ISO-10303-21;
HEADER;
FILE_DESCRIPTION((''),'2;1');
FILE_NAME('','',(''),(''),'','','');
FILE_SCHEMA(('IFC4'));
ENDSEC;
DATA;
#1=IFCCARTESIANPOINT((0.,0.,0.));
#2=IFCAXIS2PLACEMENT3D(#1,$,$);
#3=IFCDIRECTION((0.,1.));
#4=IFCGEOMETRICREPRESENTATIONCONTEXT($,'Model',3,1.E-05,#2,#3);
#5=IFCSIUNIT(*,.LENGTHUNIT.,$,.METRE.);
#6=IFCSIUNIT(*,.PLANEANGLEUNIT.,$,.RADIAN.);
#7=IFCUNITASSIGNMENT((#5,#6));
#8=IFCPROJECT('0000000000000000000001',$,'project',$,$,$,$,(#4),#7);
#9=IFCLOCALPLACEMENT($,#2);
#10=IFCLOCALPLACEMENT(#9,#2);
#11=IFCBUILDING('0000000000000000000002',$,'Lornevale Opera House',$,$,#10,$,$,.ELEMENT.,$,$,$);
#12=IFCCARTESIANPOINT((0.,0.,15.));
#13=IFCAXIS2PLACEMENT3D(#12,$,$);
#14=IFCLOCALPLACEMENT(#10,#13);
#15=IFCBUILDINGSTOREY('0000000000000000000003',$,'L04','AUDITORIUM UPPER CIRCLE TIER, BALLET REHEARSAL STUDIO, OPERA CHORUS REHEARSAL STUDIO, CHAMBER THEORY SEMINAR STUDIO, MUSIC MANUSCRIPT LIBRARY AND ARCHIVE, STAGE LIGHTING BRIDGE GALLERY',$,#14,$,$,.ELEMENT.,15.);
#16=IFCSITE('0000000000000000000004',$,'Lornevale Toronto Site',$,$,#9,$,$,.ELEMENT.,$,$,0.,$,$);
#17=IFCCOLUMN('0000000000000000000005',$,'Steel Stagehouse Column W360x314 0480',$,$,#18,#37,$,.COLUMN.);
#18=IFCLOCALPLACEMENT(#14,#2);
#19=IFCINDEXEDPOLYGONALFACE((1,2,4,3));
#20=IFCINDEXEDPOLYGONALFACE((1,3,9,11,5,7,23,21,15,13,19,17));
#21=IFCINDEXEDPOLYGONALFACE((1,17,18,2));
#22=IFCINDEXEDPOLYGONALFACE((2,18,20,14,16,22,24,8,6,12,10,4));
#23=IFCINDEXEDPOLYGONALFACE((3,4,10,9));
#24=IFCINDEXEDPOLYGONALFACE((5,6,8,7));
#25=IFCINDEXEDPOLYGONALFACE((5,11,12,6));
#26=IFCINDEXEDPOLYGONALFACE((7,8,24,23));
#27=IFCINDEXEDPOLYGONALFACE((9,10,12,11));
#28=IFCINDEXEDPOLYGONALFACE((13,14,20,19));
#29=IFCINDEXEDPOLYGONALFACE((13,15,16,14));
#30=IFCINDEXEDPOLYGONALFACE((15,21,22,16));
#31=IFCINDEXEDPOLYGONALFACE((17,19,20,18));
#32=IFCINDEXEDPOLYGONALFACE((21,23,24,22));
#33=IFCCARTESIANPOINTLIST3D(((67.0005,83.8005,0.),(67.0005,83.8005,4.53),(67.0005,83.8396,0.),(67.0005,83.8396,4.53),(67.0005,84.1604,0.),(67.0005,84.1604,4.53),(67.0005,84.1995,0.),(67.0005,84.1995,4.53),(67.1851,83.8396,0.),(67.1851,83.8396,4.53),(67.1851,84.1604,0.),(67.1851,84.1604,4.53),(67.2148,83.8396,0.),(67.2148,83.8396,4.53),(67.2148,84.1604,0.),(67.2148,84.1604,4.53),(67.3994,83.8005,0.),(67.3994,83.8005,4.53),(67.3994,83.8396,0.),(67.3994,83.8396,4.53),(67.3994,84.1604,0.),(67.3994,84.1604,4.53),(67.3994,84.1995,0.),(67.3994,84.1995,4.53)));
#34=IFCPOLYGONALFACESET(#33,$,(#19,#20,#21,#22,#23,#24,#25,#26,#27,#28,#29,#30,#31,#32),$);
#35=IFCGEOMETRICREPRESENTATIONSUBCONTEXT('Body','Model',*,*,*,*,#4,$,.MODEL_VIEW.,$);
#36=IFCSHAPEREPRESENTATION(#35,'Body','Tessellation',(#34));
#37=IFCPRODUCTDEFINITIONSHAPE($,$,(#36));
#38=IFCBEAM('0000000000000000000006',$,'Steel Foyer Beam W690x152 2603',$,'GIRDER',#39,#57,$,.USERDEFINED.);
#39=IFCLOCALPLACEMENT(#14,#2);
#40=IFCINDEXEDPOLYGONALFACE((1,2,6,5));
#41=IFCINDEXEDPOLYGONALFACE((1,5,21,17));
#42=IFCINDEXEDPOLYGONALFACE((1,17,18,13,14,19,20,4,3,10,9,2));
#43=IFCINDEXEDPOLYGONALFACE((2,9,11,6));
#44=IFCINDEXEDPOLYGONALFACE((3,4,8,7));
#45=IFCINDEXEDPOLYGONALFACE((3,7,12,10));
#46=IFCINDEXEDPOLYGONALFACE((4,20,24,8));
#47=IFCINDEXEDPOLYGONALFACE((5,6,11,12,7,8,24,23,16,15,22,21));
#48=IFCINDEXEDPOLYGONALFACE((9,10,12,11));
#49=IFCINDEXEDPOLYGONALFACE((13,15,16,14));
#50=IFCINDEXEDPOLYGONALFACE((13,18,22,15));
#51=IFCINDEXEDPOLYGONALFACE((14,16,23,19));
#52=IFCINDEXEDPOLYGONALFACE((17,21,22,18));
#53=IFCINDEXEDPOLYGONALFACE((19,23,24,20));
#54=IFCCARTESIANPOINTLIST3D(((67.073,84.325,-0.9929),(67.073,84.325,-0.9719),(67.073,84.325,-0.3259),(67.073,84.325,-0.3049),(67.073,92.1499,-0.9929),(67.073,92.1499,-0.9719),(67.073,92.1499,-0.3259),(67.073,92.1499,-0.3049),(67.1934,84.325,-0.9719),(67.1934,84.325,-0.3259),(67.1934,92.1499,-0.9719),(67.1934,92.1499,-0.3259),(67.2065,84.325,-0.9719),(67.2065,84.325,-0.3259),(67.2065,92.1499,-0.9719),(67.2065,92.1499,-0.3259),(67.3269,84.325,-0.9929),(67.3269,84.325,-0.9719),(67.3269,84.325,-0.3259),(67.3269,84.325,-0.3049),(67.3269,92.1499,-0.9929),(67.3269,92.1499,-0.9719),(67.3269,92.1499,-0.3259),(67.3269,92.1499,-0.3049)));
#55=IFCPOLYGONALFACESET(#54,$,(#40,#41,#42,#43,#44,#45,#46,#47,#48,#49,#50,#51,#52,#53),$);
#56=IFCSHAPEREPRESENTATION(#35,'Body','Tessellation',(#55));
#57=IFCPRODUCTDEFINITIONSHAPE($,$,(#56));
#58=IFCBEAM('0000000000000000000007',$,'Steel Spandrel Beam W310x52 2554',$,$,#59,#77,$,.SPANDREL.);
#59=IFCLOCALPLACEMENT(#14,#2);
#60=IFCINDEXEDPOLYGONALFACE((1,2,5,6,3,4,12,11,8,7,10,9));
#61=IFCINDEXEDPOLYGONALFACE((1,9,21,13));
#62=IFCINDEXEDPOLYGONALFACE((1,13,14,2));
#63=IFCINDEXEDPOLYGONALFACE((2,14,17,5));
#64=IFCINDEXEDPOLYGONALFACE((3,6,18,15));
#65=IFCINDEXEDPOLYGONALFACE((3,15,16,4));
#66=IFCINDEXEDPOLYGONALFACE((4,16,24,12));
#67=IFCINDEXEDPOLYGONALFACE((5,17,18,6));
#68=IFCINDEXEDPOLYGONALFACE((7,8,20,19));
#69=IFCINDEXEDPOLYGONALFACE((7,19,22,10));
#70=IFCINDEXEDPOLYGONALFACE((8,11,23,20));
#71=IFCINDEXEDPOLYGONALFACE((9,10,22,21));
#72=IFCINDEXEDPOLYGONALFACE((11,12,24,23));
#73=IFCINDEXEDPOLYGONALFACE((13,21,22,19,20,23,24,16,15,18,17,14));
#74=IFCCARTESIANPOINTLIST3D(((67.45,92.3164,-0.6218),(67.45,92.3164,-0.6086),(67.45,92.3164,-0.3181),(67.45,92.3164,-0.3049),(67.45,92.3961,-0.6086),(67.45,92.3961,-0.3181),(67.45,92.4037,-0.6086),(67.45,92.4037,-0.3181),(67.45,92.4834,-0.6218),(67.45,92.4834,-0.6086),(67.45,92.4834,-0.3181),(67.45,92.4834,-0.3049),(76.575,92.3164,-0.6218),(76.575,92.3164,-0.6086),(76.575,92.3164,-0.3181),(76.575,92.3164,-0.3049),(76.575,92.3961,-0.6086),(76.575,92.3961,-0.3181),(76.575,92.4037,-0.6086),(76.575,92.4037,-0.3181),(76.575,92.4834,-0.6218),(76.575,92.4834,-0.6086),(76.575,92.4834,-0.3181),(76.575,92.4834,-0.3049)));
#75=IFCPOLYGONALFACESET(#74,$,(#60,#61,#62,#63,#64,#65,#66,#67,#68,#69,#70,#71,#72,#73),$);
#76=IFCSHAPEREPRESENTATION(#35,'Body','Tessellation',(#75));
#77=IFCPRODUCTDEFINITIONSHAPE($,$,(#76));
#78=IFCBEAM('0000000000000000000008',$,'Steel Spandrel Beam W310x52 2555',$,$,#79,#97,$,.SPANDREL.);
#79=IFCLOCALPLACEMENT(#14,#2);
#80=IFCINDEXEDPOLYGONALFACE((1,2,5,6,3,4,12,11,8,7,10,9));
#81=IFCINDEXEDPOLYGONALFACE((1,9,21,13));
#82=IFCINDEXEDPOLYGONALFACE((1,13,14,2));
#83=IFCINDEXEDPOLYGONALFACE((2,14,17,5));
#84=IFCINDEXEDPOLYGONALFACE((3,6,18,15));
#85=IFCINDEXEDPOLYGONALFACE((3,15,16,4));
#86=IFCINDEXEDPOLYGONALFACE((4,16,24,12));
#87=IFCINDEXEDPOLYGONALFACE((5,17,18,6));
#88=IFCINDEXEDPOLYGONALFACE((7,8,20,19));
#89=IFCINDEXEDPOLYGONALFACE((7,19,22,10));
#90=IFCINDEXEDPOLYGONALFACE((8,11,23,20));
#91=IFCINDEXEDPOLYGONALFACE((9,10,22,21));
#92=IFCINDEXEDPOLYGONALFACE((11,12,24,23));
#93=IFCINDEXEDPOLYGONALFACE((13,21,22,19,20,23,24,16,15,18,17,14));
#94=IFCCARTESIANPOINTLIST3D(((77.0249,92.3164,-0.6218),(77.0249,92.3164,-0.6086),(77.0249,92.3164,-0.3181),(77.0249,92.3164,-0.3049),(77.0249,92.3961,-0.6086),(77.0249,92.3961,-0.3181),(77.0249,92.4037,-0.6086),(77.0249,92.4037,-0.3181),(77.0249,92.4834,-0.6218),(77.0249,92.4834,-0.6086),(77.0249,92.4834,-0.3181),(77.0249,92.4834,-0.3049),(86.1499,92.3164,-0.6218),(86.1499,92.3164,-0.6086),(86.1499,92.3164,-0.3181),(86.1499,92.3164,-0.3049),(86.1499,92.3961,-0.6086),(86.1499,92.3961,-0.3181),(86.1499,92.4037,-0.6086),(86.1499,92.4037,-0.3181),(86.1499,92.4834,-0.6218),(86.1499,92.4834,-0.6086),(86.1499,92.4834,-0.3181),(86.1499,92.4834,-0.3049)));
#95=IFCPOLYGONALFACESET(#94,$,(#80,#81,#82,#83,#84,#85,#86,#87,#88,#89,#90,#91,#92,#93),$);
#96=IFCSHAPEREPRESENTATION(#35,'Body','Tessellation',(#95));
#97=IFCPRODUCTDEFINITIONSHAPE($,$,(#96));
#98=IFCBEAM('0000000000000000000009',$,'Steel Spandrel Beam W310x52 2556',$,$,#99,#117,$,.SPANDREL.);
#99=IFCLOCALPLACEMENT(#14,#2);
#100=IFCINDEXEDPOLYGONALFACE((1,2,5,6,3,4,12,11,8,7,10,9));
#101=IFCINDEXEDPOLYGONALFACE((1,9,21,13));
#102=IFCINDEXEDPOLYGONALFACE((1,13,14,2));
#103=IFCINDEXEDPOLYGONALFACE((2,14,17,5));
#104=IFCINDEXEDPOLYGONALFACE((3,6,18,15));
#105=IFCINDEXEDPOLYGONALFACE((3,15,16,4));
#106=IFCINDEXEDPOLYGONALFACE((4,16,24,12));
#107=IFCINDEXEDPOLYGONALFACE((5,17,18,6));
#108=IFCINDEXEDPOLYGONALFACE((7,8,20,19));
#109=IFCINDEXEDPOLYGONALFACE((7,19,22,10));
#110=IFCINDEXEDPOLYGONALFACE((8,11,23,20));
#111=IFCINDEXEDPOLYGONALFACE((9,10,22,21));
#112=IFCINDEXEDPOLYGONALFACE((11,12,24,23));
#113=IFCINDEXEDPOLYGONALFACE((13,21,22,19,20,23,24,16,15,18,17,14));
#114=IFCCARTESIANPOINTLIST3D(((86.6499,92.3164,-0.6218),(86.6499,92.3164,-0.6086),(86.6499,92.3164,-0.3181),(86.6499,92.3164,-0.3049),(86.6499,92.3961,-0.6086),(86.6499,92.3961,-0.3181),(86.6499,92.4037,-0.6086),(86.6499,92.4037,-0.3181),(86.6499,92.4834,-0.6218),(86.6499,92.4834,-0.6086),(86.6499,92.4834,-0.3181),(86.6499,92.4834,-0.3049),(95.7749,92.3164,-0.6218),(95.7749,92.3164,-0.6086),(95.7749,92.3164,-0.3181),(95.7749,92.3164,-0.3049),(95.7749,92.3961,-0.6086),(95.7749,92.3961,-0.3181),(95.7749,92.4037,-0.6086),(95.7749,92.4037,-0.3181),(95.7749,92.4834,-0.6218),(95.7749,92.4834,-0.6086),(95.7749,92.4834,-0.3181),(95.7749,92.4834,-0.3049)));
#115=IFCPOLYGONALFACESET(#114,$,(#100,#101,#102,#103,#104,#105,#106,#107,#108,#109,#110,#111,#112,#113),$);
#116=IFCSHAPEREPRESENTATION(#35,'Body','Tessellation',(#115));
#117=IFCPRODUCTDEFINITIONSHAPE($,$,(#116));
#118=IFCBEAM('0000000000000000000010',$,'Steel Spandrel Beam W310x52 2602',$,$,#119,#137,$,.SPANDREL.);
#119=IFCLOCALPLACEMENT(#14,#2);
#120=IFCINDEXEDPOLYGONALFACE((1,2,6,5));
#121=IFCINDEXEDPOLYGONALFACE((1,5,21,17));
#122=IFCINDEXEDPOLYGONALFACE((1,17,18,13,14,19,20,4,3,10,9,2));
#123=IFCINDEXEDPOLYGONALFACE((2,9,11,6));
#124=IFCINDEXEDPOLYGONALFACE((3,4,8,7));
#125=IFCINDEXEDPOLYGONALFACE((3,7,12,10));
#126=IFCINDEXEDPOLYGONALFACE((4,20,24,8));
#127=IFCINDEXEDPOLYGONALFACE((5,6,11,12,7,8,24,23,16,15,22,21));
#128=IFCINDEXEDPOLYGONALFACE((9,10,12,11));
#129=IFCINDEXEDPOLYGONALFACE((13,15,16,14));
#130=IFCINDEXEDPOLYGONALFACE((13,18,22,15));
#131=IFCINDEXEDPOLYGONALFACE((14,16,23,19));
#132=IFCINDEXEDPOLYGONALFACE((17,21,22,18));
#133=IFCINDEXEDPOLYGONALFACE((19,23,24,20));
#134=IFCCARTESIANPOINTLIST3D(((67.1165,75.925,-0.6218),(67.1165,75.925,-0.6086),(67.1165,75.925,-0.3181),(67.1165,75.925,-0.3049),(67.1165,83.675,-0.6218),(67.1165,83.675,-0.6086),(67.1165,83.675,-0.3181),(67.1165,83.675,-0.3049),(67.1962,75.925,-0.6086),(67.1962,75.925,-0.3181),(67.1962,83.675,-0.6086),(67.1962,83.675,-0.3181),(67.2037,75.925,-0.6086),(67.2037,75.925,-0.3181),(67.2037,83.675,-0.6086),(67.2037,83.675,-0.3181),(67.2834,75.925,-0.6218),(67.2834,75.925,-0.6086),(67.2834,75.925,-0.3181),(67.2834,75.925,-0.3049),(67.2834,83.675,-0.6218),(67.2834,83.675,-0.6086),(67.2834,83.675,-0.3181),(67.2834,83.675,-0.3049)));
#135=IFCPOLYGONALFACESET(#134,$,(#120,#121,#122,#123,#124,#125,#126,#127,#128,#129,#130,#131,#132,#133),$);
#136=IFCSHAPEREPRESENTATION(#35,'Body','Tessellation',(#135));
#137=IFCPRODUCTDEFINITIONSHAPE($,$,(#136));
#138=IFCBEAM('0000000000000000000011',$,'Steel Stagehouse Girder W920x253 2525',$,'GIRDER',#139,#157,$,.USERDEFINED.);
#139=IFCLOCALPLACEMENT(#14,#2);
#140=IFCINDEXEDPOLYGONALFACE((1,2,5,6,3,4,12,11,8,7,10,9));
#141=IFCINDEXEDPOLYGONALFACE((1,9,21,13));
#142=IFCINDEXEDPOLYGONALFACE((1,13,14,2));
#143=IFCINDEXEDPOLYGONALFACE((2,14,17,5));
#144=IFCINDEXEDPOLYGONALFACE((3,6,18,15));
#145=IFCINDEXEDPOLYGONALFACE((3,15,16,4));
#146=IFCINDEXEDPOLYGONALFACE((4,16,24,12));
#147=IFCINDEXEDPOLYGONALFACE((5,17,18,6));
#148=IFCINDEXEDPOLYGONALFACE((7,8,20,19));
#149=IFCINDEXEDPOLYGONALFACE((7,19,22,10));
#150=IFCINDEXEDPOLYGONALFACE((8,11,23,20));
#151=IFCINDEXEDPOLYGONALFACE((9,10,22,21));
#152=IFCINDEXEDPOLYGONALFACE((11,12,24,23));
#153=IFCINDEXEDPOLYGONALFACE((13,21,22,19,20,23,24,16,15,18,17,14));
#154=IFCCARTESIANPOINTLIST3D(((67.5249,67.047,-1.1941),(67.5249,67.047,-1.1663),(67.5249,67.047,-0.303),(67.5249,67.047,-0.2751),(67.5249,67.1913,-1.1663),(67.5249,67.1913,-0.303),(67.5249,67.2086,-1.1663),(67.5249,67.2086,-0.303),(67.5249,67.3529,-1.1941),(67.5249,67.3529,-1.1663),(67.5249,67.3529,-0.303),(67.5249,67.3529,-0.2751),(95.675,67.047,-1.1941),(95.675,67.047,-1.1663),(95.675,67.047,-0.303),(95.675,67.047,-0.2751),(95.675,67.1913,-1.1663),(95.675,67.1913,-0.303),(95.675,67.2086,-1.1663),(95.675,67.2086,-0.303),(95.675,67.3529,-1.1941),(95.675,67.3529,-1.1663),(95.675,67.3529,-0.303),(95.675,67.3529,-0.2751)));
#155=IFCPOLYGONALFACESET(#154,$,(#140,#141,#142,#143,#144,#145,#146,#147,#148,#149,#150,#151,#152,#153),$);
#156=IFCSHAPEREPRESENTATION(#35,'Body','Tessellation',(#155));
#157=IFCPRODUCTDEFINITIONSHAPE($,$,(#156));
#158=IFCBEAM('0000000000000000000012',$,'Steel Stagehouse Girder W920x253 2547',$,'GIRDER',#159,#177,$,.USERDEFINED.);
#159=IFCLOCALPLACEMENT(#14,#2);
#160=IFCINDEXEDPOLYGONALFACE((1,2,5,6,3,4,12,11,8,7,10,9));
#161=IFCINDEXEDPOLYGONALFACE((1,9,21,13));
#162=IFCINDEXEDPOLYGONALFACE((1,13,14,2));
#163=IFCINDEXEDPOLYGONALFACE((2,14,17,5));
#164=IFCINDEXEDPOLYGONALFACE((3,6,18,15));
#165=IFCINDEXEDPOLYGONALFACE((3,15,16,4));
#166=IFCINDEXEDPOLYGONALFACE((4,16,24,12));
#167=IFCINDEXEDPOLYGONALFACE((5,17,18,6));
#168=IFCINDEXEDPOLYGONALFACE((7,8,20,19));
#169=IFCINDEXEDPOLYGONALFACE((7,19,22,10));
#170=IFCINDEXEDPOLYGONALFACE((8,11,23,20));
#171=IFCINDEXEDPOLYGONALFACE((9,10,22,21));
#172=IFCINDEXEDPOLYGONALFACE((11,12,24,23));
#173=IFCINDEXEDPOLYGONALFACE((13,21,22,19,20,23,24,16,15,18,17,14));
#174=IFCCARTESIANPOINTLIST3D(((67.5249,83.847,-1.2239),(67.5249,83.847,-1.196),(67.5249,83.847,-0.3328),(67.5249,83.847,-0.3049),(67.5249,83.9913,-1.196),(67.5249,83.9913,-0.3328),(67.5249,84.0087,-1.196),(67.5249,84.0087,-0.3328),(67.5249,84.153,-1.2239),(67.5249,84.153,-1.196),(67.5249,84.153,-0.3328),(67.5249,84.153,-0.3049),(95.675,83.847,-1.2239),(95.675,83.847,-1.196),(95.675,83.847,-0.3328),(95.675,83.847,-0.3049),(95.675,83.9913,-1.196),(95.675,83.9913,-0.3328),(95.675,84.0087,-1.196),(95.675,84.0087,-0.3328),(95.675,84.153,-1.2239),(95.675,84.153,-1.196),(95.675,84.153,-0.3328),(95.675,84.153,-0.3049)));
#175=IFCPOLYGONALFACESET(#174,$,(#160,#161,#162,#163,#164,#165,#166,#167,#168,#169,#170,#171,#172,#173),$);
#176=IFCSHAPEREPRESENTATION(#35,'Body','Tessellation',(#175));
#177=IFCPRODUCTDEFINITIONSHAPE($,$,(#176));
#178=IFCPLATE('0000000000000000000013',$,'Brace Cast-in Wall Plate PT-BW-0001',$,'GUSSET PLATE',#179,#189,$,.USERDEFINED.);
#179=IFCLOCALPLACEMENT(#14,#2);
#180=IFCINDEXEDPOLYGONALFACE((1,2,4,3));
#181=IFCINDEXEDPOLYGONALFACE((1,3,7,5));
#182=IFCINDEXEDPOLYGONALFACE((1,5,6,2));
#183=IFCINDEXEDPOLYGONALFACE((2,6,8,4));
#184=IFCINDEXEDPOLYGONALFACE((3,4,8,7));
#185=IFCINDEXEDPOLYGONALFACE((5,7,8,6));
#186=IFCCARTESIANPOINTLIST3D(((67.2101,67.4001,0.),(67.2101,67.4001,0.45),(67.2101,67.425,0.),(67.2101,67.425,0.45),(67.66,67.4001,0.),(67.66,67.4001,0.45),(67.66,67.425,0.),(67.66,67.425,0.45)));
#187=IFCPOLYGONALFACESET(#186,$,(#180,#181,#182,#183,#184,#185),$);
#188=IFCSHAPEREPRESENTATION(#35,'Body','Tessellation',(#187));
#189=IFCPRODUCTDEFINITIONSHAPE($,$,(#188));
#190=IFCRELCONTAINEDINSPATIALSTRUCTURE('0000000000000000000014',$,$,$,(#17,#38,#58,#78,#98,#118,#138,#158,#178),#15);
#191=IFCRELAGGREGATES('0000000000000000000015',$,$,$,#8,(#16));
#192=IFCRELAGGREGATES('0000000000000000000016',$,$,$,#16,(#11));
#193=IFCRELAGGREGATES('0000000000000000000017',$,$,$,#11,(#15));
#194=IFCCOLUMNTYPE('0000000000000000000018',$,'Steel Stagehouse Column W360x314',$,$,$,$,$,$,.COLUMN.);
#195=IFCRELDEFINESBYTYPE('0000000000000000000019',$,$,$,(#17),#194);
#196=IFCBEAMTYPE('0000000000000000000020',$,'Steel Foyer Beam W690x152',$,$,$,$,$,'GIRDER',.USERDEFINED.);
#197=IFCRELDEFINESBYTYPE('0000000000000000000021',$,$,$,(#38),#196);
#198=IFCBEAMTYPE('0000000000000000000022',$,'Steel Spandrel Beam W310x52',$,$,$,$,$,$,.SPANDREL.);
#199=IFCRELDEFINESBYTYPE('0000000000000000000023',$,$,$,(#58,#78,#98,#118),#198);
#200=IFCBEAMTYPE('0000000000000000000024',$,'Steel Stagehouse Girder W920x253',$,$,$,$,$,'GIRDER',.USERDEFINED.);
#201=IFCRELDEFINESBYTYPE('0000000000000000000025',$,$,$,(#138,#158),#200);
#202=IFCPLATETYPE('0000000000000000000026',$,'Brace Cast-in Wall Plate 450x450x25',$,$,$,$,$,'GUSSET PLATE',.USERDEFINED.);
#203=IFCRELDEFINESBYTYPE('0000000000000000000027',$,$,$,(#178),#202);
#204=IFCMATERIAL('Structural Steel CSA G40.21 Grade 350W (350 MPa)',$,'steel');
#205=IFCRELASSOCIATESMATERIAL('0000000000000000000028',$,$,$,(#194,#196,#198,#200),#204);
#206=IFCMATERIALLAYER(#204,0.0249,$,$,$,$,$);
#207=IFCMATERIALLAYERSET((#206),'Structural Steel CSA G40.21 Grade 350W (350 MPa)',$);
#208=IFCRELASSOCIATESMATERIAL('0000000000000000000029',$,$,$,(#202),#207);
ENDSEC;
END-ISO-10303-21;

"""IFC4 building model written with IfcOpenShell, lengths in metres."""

from ifc_helpers import new_model, si_unit, direction, frame, origin, origin_2d, place, context, subcontext, project, spatial, rectangle, i_section, extrude, material, layer, layer_set, material_profile, profile_set, type_object, element, save


model = new_model("IFC4")

# Units and contexts
model_context = context("Model", 3, precision=1e-05, world=origin(), true_north=direction((0.0, 1.0)))
body_context = subcontext(model_context, "Body", "Model", "MODEL_VIEW")
ifc_project = project(units=[si_unit("LENGTHUNIT", "METRE"), si_unit("PLANEANGLEUNIT", "RADIAN")], contexts=[model_context])

# Site, building, storey
site_placement = place(None, origin())
site = spatial("IfcSite", under=ifc_project, at=site_placement, Name="Lornevale Toronto Site", CompositionType="ELEMENT", RefElevation=0.0)
building_placement = place(site_placement, origin())
building = spatial("IfcBuilding", under=site, at=building_placement, Name="Lornevale Opera House", CompositionType="ELEMENT")
storey_placement = place(building_placement, frame((0.0, 0.0, 15.0)))
storey = spatial("IfcBuildingStorey", under=building, at=storey_placement, Name="L04", Description="AUDITORIUM UPPER CIRCLE TIER, BALLET REHEARSAL STUDIO, OPERA CHORUS REHEARSAL STUDIO, CHAMBER THEORY SEMINAR STUDIO, MUSIC MANUSCRIPT LIBRARY AND ARCHIVE, STAGE LIGHTING BRIDGE GALLERY", CompositionType="ELEMENT", Elevation=15.0)

# Column
ifc_material_1 = material(Name="Structural Steel CSA G40.21 Grade 350W (350 MPa)", Category="steel")
ifc_material_profile_1 = material_profile(ifc_material_1, i_section(OverallWidth=0.3989, OverallDepth=0.3989, WebThickness=0.0298, FlangeThickness=0.0391, at=origin_2d()), Name="W360x314")
ifc_profile_set_1 = profile_set([ifc_material_profile_1], Name="Structural Steel CSA G40.21 Grade 350W (350 MPa)")
column_type = type_object("IfcColumnType", Name="Steel Stagehouse Column W360x314", PredefinedType="COLUMN", material=ifc_profile_set_1)
column_placement = place(storey_placement, frame((67.2, 84.0, 0.0), z_axis=(0.0, 0.0, 1.0), x_axis=(1.0, 0.0, 0.0)))
element("IfcColumn", 1, at=column_placement, inside=storey, type_object=column_type, Name="Steel Stagehouse Column W360x314 0480", PredefinedType="COLUMN", context=body_context, shape_type="SweptSolid", body=[
    extrude(i_section(OverallWidth=0.3989, OverallDepth=0.3989, WebThickness=0.0298, FlangeThickness=0.0391, at=origin_2d()), origin(), (0.0, 0.0, 1.0), 4.53),
])

# Beams
ifc_material_profile_2 = material_profile(ifc_material_1, i_section(OverallWidth=0.2539, OverallDepth=0.688, WebThickness=0.0132, FlangeThickness=0.021, at=origin_2d()), Name="W690x152")
ifc_profile_set_2 = profile_set([ifc_material_profile_2], Name="Structural Steel CSA G40.21 Grade 350W (350 MPa)")
beam_type_1 = type_object("IfcBeamType", Name="Steel Foyer Beam W690x152", ElementType="GIRDER", PredefinedType="USERDEFINED", material=ifc_profile_set_2)
beam_1_placement = place(storey_placement, frame((67.2, 84.325, -0.6489), z_axis=(0.0, 1.0, 0.0), x_axis=(-1.0, 0.0, 0.0)))
element("IfcBeam", 2, at=beam_1_placement, inside=storey, type_object=beam_type_1, Name="Steel Foyer Beam W690x152 2603", ObjectType="GIRDER", PredefinedType="USERDEFINED", context=body_context, shape_type="SweptSolid", body=[
    extrude(i_section(OverallWidth=0.2539, OverallDepth=0.688, WebThickness=0.0132, FlangeThickness=0.021, at=origin_2d()), origin(), (0.0, 0.0, 1.0), 7.825),
])
ifc_material_profile_3 = material_profile(ifc_material_1, i_section(OverallWidth=0.167, OverallDepth=0.3169, WebThickness=0.0076, FlangeThickness=0.0132, at=origin_2d()), Name="W310x52")
ifc_profile_set_3 = profile_set([ifc_material_profile_3], Name="Structural Steel CSA G40.21 Grade 350W (350 MPa)")
beam_type_2 = type_object("IfcBeamType", Name="Steel Spandrel Beam W310x52", PredefinedType="SPANDREL", material=ifc_profile_set_3)
for number, where, z_axis, x_axis, name in (
    (3, (67.45, 92.3999, -0.4634), (1.0, 0.0, 0.0), (0.0, 1.0, 0.0), "Steel Spandrel Beam W310x52 2554"),
    (4, (77.0249, 92.3999, -0.4634), (1.0, 0.0, 0.0), (0.0, 1.0, 0.0), "Steel Spandrel Beam W310x52 2555"),
    (5, (86.6499, 92.3999, -0.4634), (1.0, 0.0, 0.0), (0.0, 1.0, 0.0), "Steel Spandrel Beam W310x52 2556"),
):
    element("IfcBeam", number, at=place(storey_placement, frame(where, z_axis=z_axis, x_axis=x_axis)), inside=storey, type_object=beam_type_2, Name=name, PredefinedType="SPANDREL", context=body_context, shape_type="SweptSolid", body=[
        extrude(i_section(OverallWidth=0.167, OverallDepth=0.3169, WebThickness=0.0076, FlangeThickness=0.0132, at=origin_2d()), origin(), (0.0, 0.0, 1.0), 9.125),
    ])
beam_2_placement = place(storey_placement, frame((67.2, 75.925, -0.4634), z_axis=(0.0, 1.0, 0.0), x_axis=(-1.0, 0.0, 0.0)))
element("IfcBeam", 6, at=beam_2_placement, inside=storey, type_object=beam_type_2, Name="Steel Spandrel Beam W310x52 2602", PredefinedType="SPANDREL", context=body_context, shape_type="SweptSolid", body=[
    extrude(i_section(OverallWidth=0.167, OverallDepth=0.3169, WebThickness=0.0076, FlangeThickness=0.0132, at=origin_2d()), origin(), (0.0, 0.0, 1.0), 7.75),
])
ifc_material_profile_4 = material_profile(ifc_material_1, i_section(OverallWidth=0.3059, OverallDepth=0.9189, WebThickness=0.0173, FlangeThickness=0.0278, at=origin_2d()), Name="W920x253")
ifc_profile_set_4 = profile_set([ifc_material_profile_4], Name="Structural Steel CSA G40.21 Grade 350W (350 MPa)")
beam_type_3 = type_object("IfcBeamType", Name="Steel Stagehouse Girder W920x253", ElementType="GIRDER", PredefinedType="USERDEFINED", material=ifc_profile_set_4)
for number, where, z_axis, x_axis, name in (
    (7, (67.5249, 67.2, -0.7346), (1.0, 0.0, 0.0), (0.0, 1.0, 0.0), "Steel Stagehouse Girder W920x253 2525"),
    (8, (67.5249, 84.0, -0.7644), (1.0, 0.0, 0.0), (0.0, 1.0, 0.0), "Steel Stagehouse Girder W920x253 2547"),
):
    element("IfcBeam", number, at=place(storey_placement, frame(where, z_axis=z_axis, x_axis=x_axis)), inside=storey, type_object=beam_type_3, Name=name, ObjectType="GIRDER", PredefinedType="USERDEFINED", context=body_context, shape_type="SweptSolid", body=[
        extrude(i_section(OverallWidth=0.3059, OverallDepth=0.9189, WebThickness=0.0173, FlangeThickness=0.0278, at=origin_2d()), origin(), (0.0, 0.0, 1.0), 28.1501),
    ])

# Plate
ifc_layer_1 = layer(ifc_material_1, 0.0249)
ifc_layer_set_1 = layer_set([ifc_layer_1], Name="Structural Steel CSA G40.21 Grade 350W (350 MPa)")
plate_type = type_object("IfcPlateType", Name="Brace Cast-in Wall Plate 450x450x25", ElementType="GUSSET PLATE", PredefinedType="USERDEFINED", material=ifc_layer_set_1)
plate_placement = place(storey_placement, frame((67.4351, 67.4126, 0.0), z_axis=(0.0, 0.0, 1.0), x_axis=(1.0, 0.0, 0.0)))
element("IfcPlate", 9, at=plate_placement, inside=storey, type_object=plate_type, Name="Brace Cast-in Wall Plate PT-BW-0001", ObjectType="GUSSET PLATE", PredefinedType="USERDEFINED", context=body_context, shape_type="SweptSolid", body=[
    extrude(rectangle(XDim=0.45, YDim=0.0249, at=origin_2d()), origin(), (0.0, 0.0, 1.0), 0.45),
])

save(model, "model.ifc")
